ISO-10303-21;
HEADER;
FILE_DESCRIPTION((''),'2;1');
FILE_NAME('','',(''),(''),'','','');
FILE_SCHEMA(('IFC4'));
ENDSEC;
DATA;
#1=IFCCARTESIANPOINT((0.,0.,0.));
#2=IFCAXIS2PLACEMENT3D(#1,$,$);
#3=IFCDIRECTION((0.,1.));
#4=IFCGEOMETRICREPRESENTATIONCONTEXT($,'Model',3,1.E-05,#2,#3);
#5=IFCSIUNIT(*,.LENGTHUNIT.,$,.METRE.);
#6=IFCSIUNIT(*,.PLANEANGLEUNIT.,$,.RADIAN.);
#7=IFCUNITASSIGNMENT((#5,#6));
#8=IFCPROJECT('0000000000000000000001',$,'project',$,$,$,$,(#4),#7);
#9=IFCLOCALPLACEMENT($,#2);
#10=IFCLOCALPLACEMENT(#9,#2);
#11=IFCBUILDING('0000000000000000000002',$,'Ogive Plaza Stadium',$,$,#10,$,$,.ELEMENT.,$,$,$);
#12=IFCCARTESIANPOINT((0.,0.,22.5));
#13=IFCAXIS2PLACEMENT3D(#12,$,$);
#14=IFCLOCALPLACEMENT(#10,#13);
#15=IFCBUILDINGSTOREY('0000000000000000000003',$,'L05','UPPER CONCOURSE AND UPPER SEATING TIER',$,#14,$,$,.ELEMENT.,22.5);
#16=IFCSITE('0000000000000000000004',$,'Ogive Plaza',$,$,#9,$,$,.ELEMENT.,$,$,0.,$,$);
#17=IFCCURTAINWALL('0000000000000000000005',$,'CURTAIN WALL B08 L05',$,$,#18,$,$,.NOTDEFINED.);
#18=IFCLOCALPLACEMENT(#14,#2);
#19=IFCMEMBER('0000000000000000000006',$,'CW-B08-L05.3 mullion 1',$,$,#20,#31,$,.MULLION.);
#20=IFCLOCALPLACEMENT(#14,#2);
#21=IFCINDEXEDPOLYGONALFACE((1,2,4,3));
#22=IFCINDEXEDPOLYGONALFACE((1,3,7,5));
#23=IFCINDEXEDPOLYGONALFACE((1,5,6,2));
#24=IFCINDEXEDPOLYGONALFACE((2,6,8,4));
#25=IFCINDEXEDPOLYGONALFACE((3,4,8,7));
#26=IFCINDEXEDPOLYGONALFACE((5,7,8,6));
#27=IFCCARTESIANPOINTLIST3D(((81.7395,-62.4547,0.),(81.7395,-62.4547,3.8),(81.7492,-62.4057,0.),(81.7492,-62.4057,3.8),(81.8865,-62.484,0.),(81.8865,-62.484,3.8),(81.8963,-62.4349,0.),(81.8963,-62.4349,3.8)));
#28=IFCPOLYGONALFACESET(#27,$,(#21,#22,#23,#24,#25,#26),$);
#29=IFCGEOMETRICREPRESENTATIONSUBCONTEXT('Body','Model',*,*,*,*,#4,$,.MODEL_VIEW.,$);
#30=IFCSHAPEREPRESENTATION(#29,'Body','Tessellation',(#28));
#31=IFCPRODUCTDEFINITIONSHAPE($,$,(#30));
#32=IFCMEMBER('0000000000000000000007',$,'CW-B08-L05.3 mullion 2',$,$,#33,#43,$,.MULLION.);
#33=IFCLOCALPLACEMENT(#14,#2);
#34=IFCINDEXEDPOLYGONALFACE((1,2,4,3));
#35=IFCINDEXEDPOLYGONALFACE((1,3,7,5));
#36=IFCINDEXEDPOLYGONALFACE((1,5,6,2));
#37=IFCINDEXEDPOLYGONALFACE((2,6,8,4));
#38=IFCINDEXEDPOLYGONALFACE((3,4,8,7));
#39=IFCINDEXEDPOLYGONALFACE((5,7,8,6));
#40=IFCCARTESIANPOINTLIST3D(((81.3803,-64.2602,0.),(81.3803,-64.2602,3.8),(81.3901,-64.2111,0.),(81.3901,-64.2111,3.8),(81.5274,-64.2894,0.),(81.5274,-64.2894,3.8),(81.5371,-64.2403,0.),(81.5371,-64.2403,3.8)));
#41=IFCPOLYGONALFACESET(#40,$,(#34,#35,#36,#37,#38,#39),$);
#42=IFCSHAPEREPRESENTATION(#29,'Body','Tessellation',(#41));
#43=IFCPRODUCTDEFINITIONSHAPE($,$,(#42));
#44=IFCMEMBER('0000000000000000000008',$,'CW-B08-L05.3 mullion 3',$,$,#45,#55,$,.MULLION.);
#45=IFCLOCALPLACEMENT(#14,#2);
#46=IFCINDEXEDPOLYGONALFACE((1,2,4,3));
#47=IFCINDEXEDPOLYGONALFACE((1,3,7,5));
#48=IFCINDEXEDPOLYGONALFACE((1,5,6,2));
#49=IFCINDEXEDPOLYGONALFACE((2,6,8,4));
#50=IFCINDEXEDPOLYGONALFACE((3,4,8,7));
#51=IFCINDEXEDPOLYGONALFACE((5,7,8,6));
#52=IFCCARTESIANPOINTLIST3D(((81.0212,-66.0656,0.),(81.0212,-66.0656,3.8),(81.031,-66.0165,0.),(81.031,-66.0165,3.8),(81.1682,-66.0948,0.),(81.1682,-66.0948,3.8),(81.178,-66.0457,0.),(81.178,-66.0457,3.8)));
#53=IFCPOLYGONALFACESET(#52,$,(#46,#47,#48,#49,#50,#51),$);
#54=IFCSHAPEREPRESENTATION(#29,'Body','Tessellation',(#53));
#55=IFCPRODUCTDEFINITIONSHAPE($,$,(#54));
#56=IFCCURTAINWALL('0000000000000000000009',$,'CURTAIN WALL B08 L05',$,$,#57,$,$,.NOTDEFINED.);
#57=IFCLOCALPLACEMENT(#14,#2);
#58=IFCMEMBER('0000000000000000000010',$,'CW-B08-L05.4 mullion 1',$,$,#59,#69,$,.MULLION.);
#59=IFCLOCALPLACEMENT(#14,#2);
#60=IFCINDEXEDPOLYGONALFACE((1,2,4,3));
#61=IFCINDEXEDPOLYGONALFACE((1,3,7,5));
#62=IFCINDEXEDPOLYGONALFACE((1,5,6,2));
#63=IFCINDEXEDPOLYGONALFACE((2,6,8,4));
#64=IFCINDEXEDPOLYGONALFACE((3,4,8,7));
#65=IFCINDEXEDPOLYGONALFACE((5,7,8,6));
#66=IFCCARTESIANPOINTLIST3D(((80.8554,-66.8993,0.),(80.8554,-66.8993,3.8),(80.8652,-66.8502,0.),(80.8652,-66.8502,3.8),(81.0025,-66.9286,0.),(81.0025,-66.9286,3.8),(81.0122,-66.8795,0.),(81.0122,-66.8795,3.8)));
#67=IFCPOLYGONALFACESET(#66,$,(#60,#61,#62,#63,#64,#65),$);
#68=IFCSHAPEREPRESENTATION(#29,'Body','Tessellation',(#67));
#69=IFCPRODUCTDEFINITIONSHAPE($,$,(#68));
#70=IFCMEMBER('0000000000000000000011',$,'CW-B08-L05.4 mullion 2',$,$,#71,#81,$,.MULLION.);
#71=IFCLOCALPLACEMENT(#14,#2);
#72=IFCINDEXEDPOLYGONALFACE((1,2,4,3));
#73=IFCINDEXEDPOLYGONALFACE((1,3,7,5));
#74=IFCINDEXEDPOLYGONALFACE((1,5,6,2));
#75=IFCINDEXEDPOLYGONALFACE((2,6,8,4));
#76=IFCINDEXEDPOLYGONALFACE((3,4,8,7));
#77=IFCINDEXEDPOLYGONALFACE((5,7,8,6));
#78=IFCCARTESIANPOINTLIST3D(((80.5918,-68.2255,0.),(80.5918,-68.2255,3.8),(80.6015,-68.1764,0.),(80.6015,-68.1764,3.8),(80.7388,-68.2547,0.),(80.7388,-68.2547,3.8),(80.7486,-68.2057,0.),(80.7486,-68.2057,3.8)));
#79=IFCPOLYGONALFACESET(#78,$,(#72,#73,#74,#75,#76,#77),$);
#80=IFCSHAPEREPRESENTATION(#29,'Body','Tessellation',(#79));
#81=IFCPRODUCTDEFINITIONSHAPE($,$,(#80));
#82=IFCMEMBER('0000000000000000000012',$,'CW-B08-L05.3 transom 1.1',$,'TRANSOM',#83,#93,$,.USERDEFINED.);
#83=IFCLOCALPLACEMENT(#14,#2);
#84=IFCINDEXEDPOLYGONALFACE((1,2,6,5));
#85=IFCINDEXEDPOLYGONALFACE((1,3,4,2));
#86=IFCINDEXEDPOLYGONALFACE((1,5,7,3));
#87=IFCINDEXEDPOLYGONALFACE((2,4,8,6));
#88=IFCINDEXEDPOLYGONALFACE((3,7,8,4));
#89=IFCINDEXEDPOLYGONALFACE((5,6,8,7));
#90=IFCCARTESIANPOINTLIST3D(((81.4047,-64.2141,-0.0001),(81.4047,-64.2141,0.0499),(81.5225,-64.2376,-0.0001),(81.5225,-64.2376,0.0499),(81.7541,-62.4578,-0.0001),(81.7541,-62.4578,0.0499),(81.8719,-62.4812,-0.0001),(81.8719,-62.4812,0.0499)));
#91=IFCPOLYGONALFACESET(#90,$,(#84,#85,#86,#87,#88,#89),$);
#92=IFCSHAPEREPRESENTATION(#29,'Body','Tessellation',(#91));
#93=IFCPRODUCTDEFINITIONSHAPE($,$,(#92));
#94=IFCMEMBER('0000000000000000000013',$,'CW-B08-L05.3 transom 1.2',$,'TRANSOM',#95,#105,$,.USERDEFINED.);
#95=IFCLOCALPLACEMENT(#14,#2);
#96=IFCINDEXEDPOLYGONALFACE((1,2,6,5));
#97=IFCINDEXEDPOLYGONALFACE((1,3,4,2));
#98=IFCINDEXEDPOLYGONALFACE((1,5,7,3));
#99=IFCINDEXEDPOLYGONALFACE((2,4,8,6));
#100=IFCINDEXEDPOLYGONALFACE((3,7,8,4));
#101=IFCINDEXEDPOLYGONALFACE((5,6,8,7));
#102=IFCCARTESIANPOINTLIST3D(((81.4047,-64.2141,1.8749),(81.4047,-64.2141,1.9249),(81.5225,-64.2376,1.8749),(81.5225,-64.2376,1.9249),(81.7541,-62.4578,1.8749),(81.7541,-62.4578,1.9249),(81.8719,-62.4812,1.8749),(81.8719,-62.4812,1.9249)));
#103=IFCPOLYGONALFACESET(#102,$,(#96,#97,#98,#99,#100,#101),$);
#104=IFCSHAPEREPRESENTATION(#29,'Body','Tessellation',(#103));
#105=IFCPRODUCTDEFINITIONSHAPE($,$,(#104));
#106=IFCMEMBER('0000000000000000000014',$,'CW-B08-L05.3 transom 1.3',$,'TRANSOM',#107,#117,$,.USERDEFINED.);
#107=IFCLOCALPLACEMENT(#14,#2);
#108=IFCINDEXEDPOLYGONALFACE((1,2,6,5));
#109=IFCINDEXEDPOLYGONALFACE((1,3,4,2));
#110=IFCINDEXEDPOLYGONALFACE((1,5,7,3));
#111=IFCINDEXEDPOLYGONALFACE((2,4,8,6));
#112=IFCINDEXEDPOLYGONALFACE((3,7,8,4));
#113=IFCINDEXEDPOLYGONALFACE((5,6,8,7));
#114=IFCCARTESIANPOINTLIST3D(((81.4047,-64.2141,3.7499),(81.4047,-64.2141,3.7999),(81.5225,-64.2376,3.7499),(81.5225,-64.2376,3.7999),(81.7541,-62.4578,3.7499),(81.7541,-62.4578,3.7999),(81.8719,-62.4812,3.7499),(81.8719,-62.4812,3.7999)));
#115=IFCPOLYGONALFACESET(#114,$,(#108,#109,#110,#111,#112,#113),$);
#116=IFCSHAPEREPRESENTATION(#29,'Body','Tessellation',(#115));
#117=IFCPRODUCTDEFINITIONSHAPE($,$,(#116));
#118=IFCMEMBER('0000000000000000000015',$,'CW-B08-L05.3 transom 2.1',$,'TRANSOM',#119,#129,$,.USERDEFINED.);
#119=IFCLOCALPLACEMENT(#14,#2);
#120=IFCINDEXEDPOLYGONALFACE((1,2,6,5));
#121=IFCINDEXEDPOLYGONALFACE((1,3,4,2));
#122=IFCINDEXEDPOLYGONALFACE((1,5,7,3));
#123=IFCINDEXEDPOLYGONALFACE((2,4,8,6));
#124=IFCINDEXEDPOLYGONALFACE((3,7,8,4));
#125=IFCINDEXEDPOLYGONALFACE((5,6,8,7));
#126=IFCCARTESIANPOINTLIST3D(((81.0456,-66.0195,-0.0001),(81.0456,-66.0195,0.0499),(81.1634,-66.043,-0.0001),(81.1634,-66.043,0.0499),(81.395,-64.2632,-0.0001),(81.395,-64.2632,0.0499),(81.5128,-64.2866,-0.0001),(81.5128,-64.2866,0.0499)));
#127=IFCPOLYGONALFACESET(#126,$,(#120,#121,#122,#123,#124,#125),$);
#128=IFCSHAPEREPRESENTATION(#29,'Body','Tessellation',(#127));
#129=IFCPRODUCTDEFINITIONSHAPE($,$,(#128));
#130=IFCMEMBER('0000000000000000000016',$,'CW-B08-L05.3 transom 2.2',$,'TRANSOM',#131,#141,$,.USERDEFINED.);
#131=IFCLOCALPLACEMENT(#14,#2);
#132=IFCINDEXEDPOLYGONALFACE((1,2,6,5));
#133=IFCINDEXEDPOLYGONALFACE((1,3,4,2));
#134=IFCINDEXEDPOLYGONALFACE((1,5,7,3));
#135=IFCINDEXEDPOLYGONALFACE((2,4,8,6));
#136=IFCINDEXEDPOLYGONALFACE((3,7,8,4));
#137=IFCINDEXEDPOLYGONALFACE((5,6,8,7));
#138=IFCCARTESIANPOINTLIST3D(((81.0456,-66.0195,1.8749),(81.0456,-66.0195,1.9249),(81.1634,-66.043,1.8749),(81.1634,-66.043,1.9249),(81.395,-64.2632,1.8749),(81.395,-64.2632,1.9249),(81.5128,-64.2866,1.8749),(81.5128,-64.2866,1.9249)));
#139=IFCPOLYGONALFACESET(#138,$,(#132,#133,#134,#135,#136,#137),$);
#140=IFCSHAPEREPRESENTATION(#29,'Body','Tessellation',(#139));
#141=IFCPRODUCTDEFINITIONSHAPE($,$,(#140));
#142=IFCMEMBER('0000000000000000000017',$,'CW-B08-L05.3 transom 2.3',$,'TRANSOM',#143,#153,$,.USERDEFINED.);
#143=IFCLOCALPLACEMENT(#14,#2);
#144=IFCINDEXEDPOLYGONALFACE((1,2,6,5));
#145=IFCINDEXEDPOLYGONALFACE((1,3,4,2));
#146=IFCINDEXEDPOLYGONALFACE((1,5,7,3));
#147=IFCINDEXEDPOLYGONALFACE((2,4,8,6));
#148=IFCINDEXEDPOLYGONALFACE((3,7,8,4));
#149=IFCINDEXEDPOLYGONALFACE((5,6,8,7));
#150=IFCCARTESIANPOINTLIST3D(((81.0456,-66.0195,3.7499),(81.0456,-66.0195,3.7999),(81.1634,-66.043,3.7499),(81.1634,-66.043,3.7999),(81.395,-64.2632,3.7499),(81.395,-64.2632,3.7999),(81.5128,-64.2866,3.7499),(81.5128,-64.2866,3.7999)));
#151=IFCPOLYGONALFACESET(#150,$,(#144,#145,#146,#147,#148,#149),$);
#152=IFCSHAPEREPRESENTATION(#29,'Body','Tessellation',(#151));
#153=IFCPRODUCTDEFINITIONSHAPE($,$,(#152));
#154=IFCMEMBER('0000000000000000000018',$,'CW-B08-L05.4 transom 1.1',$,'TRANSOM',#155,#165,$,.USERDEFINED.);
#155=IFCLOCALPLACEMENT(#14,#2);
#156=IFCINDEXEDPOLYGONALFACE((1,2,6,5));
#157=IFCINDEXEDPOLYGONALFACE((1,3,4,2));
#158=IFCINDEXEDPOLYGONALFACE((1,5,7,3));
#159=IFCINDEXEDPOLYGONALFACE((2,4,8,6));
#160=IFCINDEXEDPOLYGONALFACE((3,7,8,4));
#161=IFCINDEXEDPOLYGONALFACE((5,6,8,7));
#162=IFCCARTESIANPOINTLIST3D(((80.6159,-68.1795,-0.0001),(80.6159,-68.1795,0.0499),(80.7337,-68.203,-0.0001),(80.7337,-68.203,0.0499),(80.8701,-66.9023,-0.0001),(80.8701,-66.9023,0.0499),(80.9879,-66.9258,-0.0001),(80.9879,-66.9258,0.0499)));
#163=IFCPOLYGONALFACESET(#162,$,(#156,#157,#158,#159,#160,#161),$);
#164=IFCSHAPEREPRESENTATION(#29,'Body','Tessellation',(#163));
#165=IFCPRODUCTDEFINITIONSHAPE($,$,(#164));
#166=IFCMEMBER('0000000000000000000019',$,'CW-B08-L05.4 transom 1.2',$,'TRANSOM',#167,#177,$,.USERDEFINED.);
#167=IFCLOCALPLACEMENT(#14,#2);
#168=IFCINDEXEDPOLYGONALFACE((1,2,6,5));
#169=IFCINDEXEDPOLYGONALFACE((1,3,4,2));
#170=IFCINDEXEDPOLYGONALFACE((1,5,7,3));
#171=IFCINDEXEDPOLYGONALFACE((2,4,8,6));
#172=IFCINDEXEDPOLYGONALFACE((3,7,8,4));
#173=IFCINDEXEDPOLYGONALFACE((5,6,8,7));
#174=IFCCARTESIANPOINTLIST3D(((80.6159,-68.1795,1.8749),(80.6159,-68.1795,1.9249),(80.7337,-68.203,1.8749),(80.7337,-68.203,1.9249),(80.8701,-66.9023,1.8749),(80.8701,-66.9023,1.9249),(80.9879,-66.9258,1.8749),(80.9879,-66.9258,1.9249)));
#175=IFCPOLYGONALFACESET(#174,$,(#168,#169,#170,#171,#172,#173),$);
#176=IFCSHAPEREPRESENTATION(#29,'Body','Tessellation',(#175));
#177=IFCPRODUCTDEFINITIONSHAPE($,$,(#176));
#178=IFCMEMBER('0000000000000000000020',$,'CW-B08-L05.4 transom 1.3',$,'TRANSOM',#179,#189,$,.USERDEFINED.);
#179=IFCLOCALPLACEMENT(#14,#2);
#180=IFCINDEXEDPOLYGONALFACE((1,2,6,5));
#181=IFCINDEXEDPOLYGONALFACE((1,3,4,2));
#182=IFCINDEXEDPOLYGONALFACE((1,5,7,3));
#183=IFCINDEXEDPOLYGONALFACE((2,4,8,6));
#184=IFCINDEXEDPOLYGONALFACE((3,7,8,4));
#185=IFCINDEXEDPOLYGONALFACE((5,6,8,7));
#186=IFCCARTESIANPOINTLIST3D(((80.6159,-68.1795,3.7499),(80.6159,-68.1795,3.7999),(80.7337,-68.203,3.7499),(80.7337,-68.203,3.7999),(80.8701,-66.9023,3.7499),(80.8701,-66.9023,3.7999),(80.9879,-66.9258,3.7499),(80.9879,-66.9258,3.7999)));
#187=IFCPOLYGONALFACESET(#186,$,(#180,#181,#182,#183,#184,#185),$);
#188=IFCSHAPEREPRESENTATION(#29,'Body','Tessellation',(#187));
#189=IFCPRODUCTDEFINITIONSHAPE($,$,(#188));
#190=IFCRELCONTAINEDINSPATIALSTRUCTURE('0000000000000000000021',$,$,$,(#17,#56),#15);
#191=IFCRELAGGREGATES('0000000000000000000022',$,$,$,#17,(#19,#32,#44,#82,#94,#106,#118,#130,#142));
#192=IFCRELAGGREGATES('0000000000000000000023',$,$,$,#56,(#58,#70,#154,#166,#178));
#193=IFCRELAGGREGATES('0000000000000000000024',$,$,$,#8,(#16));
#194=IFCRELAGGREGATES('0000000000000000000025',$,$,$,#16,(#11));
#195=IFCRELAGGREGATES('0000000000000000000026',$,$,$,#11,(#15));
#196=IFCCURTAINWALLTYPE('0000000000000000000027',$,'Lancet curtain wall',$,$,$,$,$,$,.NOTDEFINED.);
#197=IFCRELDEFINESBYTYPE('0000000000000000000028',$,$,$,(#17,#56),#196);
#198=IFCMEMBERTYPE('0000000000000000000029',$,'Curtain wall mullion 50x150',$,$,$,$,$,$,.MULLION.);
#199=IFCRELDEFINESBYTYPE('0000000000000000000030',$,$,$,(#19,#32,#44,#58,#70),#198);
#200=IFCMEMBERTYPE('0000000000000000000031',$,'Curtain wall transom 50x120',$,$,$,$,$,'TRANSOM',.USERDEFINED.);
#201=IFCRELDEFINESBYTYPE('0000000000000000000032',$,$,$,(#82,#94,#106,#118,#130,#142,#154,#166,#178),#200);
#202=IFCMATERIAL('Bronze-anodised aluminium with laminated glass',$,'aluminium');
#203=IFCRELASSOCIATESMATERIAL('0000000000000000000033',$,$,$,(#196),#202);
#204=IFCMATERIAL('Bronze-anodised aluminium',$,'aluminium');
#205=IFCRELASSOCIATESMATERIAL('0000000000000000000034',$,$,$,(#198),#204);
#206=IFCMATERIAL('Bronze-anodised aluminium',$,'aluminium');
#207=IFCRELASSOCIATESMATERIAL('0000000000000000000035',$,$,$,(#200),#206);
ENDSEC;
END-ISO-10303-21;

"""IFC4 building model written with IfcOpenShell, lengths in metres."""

from ifc_helpers import new_model, si_unit, direction, frame, origin, origin_2d, place, context, subcontext, project, spatial, rectangle, extrude, material, material_profile, profile_set, type_object, element, aggregate, save


model = new_model("IFC4")

# Units and contexts
model_context = context("Model", 3, precision=1e-05, world=origin(), true_north=direction((0.0, 1.0)))
body_context = subcontext(model_context, "Body", "Model", "MODEL_VIEW")
ifc_project = project(units=[si_unit("LENGTHUNIT", "METRE"), si_unit("PLANEANGLEUNIT", "RADIAN")], contexts=[model_context])

# Site, building, storey
site_placement = place(None, origin())
site = spatial("IfcSite", under=ifc_project, at=site_placement, Name="Ogive Plaza", CompositionType="ELEMENT", RefElevation=0.0)
building_placement = place(site_placement, origin())
building = spatial("IfcBuilding", under=site, at=building_placement, Name="Ogive Plaza Stadium", CompositionType="ELEMENT")
storey_placement = place(building_placement, frame((0.0, 0.0, 22.5)))
storey = spatial("IfcBuildingStorey", under=building, at=storey_placement, Name="L05", Description="UPPER CONCOURSE AND UPPER SEATING TIER", CompositionType="ELEMENT", Elevation=22.5)

# Curtain walls, members
ifc_material_1 = material(Name="Bronze-anodised aluminium with laminated glass", Category="aluminium")
curtain_wall_type = type_object("IfcCurtainWallType", Name="Lancet curtain wall", PredefinedType="NOTDEFINED", material=ifc_material_1)
curtain_wall_1_placement = place(storey_placement, origin())
curtain_wall_1 = element("IfcCurtainWall", 1, at=curtain_wall_1_placement, inside=storey, type_object=curtain_wall_type, Name="CURTAIN WALL B08 L05", PredefinedType="NOTDEFINED")
ifc_material_2 = material(Name="Bronze-anodised aluminium", Category="aluminium")
ifc_material_profile_1 = material_profile(ifc_material_2, rectangle(XDim=0.1499, YDim=0.05, at=origin_2d()), Name="AL 150x50")
ifc_profile_set_1 = profile_set([ifc_material_profile_1], Name="Bronze-anodised aluminium")
member_type_1 = type_object("IfcMemberType", Name="Curtain wall mullion 50x150", PredefinedType="MULLION", material=ifc_profile_set_1)
member_1_placement = place(storey_placement, frame((81.8179, -62.4448, 0.0), z_axis=(0.0, 0.0, 1.0), x_axis=(0.980785, -0.19509, 0.0)))
member_1 = element("IfcMember", 2, at=member_1_placement, type_object=member_type_1, Name="CW-B08-L05.3 mullion 1", PredefinedType="MULLION", context=body_context, shape_type="SweptSolid", body=[
    extrude(rectangle(XDim=0.1499, YDim=0.05, at=origin_2d()), origin(), (0.0, 0.0, 1.0), 3.8),
])
member_2_placement = place(storey_placement, frame((81.4587, -64.2502, 0.0), z_axis=(0.0, 0.0, 1.0), x_axis=(0.980785, -0.19509, 0.0)))
member_2 = element("IfcMember", 3, at=member_2_placement, type_object=member_type_1, Name="CW-B08-L05.3 mullion 2", PredefinedType="MULLION", context=body_context, shape_type="SweptSolid", body=[
    extrude(rectangle(XDim=0.1499, YDim=0.05, at=origin_2d()), origin(), (0.0, 0.0, 1.0), 3.8),
])
member_3_placement = place(storey_placement, frame((81.0996, -66.0557, 0.0), z_axis=(0.0, 0.0, 1.0), x_axis=(0.980785, -0.19509, 0.0)))
member_3 = element("IfcMember", 4, at=member_3_placement, type_object=member_type_1, Name="CW-B08-L05.3 mullion 3", PredefinedType="MULLION", context=body_context, shape_type="SweptSolid", body=[
    extrude(rectangle(XDim=0.1499, YDim=0.05, at=origin_2d()), origin(), (0.0, 0.0, 1.0), 3.8),
])
curtain_wall_2_placement = place(storey_placement, origin())
curtain_wall_2 = element("IfcCurtainWall", 5, at=curtain_wall_2_placement, inside=storey, type_object=curtain_wall_type, Name="CURTAIN WALL B08 L05", PredefinedType="NOTDEFINED")
member_4_placement = place(storey_placement, frame((80.9338, -66.8894, 0.0), z_axis=(0.0, 0.0, 1.0), x_axis=(0.980785, -0.19509, 0.0)))
member_4 = element("IfcMember", 6, at=member_4_placement, type_object=member_type_1, Name="CW-B08-L05.4 mullion 1", PredefinedType="MULLION", context=body_context, shape_type="SweptSolid", body=[
    extrude(rectangle(XDim=0.1499, YDim=0.05, at=origin_2d()), origin(), (0.0, 0.0, 1.0), 3.8),
])
member_5_placement = place(storey_placement, frame((80.6702, -68.2156, 0.0), z_axis=(0.0, 0.0, 1.0), x_axis=(0.980785, -0.19509, 0.0)))
member_5 = element("IfcMember", 7, at=member_5_placement, type_object=member_type_1, Name="CW-B08-L05.4 mullion 2", PredefinedType="MULLION", context=body_context, shape_type="SweptSolid", body=[
    extrude(rectangle(XDim=0.1499, YDim=0.05, at=origin_2d()), origin(), (0.0, 0.0, 1.0), 3.8),
])

# Members
ifc_material_3 = material(Name="Bronze-anodised aluminium", Category="aluminium")
ifc_material_profile_2 = material_profile(ifc_material_3, rectangle(XDim=0.1201, YDim=0.05, at=origin_2d()), Name="AL 120x50")
ifc_profile_set_2 = profile_set([ifc_material_profile_2], Name="Bronze-anodised aluminium")
member_type_2 = type_object("IfcMemberType", Name="Curtain wall transom 50x120", ElementType="TRANSOM", PredefinedType="USERDEFINED", material=ifc_profile_set_2)
member_6_placement = place(storey_placement, frame((81.813, -62.4695, 0.0249), z_axis=(-0.195094, -0.980785, 0.0), x_axis=(0.980785, -0.195094, 0.0)))
member_6 = element("IfcMember", 8, at=member_6_placement, type_object=member_type_2, Name="CW-B08-L05.3 transom 1.1", ObjectType="TRANSOM", PredefinedType="USERDEFINED", context=body_context, shape_type="SweptSolid", body=[
    extrude(rectangle(XDim=0.1201, YDim=0.05, at=origin_2d()), origin(), (0.0, 0.0, 1.0), 1.7908),
])
member_7_placement = place(storey_placement, frame((81.813, -62.4695, 1.8999), z_axis=(-0.195094, -0.980785, 0.0), x_axis=(0.980785, -0.195094, 0.0)))
member_7 = element("IfcMember", 9, at=member_7_placement, type_object=member_type_2, Name="CW-B08-L05.3 transom 1.2", ObjectType="TRANSOM", PredefinedType="USERDEFINED", context=body_context, shape_type="SweptSolid", body=[
    extrude(rectangle(XDim=0.1201, YDim=0.05, at=origin_2d()), origin(), (0.0, 0.0, 1.0), 1.7908),
])
member_8_placement = place(storey_placement, frame((81.813, -62.4695, 3.7749), z_axis=(-0.195094, -0.980785, 0.0), x_axis=(0.980785, -0.195094, 0.0)))
member_8 = element("IfcMember", 10, at=member_8_placement, type_object=member_type_2, Name="CW-B08-L05.3 transom 1.3", ObjectType="TRANSOM", PredefinedType="USERDEFINED", context=body_context, shape_type="SweptSolid", body=[
    extrude(rectangle(XDim=0.1201, YDim=0.05, at=origin_2d()), origin(), (0.0, 0.0, 1.0), 1.7908),
])
member_9_placement = place(storey_placement, frame((81.4539, -64.2749, 0.0249), z_axis=(-0.195094, -0.980785, 0.0), x_axis=(0.980785, -0.195094, 0.0)))
member_9 = element("IfcMember", 11, at=member_9_placement, type_object=member_type_2, Name="CW-B08-L05.3 transom 2.1", ObjectType="TRANSOM", PredefinedType="USERDEFINED", context=body_context, shape_type="SweptSolid", body=[
    extrude(rectangle(XDim=0.1201, YDim=0.05, at=origin_2d()), origin(), (0.0, 0.0, 1.0), 1.7908),
])
member_10_placement = place(storey_placement, frame((81.4539, -64.2749, 1.8999), z_axis=(-0.195094, -0.980785, 0.0), x_axis=(0.980785, -0.195094, 0.0)))
member_10 = element("IfcMember", 12, at=member_10_placement, type_object=member_type_2, Name="CW-B08-L05.3 transom 2.2", ObjectType="TRANSOM", PredefinedType="USERDEFINED", context=body_context, shape_type="SweptSolid", body=[
    extrude(rectangle(XDim=0.1201, YDim=0.05, at=origin_2d()), origin(), (0.0, 0.0, 1.0), 1.7908),
])
member_11_placement = place(storey_placement, frame((81.4539, -64.2749, 3.7749), z_axis=(-0.195094, -0.980785, 0.0), x_axis=(0.980785, -0.195094, 0.0)))
member_11 = element("IfcMember", 13, at=member_11_placement, type_object=member_type_2, Name="CW-B08-L05.3 transom 2.3", ObjectType="TRANSOM", PredefinedType="USERDEFINED", context=body_context, shape_type="SweptSolid", body=[
    extrude(rectangle(XDim=0.1201, YDim=0.05, at=origin_2d()), origin(), (0.0, 0.0, 1.0), 1.7908),
])
member_12_placement = place(storey_placement, frame((80.929, -66.9141, 0.0249), z_axis=(-0.195179, -0.980768, 0.0), x_axis=(0.980768, -0.195179, 0.0)))
member_12 = element("IfcMember", 14, at=member_12_placement, type_object=member_type_2, Name="CW-B08-L05.4 transom 1.1", ObjectType="TRANSOM", PredefinedType="USERDEFINED", context=body_context, shape_type="SweptSolid", body=[
    extrude(rectangle(XDim=0.1201, YDim=0.05, at=origin_2d()), origin(), (0.0, 0.0, 1.0), 1.3022),
])
member_13_placement = place(storey_placement, frame((80.929, -66.9141, 1.8999), z_axis=(-0.195179, -0.980768, 0.0), x_axis=(0.980768, -0.195179, 0.0)))
member_13 = element("IfcMember", 15, at=member_13_placement, type_object=member_type_2, Name="CW-B08-L05.4 transom 1.2", ObjectType="TRANSOM", PredefinedType="USERDEFINED", context=body_context, shape_type="SweptSolid", body=[
    extrude(rectangle(XDim=0.1201, YDim=0.05, at=origin_2d()), origin(), (0.0, 0.0, 1.0), 1.3022),
])
member_14_placement = place(storey_placement, frame((80.929, -66.9141, 3.7749), z_axis=(-0.195179, -0.980768, 0.0), x_axis=(0.980768, -0.195179, 0.0)))
member_14 = element("IfcMember", 16, at=member_14_placement, type_object=member_type_2, Name="CW-B08-L05.4 transom 1.3", ObjectType="TRANSOM", PredefinedType="USERDEFINED", context=body_context, shape_type="SweptSolid", body=[
    extrude(rectangle(XDim=0.1201, YDim=0.05, at=origin_2d()), origin(), (0.0, 0.0, 1.0), 1.3022),
])

aggregate(curtain_wall_1, [member_1, member_2, member_3, member_6, member_7, member_8, member_9, member_10, member_11])
aggregate(curtain_wall_2, [member_4, member_5, member_12, member_13, member_14])

save(model, "model.ifc")
